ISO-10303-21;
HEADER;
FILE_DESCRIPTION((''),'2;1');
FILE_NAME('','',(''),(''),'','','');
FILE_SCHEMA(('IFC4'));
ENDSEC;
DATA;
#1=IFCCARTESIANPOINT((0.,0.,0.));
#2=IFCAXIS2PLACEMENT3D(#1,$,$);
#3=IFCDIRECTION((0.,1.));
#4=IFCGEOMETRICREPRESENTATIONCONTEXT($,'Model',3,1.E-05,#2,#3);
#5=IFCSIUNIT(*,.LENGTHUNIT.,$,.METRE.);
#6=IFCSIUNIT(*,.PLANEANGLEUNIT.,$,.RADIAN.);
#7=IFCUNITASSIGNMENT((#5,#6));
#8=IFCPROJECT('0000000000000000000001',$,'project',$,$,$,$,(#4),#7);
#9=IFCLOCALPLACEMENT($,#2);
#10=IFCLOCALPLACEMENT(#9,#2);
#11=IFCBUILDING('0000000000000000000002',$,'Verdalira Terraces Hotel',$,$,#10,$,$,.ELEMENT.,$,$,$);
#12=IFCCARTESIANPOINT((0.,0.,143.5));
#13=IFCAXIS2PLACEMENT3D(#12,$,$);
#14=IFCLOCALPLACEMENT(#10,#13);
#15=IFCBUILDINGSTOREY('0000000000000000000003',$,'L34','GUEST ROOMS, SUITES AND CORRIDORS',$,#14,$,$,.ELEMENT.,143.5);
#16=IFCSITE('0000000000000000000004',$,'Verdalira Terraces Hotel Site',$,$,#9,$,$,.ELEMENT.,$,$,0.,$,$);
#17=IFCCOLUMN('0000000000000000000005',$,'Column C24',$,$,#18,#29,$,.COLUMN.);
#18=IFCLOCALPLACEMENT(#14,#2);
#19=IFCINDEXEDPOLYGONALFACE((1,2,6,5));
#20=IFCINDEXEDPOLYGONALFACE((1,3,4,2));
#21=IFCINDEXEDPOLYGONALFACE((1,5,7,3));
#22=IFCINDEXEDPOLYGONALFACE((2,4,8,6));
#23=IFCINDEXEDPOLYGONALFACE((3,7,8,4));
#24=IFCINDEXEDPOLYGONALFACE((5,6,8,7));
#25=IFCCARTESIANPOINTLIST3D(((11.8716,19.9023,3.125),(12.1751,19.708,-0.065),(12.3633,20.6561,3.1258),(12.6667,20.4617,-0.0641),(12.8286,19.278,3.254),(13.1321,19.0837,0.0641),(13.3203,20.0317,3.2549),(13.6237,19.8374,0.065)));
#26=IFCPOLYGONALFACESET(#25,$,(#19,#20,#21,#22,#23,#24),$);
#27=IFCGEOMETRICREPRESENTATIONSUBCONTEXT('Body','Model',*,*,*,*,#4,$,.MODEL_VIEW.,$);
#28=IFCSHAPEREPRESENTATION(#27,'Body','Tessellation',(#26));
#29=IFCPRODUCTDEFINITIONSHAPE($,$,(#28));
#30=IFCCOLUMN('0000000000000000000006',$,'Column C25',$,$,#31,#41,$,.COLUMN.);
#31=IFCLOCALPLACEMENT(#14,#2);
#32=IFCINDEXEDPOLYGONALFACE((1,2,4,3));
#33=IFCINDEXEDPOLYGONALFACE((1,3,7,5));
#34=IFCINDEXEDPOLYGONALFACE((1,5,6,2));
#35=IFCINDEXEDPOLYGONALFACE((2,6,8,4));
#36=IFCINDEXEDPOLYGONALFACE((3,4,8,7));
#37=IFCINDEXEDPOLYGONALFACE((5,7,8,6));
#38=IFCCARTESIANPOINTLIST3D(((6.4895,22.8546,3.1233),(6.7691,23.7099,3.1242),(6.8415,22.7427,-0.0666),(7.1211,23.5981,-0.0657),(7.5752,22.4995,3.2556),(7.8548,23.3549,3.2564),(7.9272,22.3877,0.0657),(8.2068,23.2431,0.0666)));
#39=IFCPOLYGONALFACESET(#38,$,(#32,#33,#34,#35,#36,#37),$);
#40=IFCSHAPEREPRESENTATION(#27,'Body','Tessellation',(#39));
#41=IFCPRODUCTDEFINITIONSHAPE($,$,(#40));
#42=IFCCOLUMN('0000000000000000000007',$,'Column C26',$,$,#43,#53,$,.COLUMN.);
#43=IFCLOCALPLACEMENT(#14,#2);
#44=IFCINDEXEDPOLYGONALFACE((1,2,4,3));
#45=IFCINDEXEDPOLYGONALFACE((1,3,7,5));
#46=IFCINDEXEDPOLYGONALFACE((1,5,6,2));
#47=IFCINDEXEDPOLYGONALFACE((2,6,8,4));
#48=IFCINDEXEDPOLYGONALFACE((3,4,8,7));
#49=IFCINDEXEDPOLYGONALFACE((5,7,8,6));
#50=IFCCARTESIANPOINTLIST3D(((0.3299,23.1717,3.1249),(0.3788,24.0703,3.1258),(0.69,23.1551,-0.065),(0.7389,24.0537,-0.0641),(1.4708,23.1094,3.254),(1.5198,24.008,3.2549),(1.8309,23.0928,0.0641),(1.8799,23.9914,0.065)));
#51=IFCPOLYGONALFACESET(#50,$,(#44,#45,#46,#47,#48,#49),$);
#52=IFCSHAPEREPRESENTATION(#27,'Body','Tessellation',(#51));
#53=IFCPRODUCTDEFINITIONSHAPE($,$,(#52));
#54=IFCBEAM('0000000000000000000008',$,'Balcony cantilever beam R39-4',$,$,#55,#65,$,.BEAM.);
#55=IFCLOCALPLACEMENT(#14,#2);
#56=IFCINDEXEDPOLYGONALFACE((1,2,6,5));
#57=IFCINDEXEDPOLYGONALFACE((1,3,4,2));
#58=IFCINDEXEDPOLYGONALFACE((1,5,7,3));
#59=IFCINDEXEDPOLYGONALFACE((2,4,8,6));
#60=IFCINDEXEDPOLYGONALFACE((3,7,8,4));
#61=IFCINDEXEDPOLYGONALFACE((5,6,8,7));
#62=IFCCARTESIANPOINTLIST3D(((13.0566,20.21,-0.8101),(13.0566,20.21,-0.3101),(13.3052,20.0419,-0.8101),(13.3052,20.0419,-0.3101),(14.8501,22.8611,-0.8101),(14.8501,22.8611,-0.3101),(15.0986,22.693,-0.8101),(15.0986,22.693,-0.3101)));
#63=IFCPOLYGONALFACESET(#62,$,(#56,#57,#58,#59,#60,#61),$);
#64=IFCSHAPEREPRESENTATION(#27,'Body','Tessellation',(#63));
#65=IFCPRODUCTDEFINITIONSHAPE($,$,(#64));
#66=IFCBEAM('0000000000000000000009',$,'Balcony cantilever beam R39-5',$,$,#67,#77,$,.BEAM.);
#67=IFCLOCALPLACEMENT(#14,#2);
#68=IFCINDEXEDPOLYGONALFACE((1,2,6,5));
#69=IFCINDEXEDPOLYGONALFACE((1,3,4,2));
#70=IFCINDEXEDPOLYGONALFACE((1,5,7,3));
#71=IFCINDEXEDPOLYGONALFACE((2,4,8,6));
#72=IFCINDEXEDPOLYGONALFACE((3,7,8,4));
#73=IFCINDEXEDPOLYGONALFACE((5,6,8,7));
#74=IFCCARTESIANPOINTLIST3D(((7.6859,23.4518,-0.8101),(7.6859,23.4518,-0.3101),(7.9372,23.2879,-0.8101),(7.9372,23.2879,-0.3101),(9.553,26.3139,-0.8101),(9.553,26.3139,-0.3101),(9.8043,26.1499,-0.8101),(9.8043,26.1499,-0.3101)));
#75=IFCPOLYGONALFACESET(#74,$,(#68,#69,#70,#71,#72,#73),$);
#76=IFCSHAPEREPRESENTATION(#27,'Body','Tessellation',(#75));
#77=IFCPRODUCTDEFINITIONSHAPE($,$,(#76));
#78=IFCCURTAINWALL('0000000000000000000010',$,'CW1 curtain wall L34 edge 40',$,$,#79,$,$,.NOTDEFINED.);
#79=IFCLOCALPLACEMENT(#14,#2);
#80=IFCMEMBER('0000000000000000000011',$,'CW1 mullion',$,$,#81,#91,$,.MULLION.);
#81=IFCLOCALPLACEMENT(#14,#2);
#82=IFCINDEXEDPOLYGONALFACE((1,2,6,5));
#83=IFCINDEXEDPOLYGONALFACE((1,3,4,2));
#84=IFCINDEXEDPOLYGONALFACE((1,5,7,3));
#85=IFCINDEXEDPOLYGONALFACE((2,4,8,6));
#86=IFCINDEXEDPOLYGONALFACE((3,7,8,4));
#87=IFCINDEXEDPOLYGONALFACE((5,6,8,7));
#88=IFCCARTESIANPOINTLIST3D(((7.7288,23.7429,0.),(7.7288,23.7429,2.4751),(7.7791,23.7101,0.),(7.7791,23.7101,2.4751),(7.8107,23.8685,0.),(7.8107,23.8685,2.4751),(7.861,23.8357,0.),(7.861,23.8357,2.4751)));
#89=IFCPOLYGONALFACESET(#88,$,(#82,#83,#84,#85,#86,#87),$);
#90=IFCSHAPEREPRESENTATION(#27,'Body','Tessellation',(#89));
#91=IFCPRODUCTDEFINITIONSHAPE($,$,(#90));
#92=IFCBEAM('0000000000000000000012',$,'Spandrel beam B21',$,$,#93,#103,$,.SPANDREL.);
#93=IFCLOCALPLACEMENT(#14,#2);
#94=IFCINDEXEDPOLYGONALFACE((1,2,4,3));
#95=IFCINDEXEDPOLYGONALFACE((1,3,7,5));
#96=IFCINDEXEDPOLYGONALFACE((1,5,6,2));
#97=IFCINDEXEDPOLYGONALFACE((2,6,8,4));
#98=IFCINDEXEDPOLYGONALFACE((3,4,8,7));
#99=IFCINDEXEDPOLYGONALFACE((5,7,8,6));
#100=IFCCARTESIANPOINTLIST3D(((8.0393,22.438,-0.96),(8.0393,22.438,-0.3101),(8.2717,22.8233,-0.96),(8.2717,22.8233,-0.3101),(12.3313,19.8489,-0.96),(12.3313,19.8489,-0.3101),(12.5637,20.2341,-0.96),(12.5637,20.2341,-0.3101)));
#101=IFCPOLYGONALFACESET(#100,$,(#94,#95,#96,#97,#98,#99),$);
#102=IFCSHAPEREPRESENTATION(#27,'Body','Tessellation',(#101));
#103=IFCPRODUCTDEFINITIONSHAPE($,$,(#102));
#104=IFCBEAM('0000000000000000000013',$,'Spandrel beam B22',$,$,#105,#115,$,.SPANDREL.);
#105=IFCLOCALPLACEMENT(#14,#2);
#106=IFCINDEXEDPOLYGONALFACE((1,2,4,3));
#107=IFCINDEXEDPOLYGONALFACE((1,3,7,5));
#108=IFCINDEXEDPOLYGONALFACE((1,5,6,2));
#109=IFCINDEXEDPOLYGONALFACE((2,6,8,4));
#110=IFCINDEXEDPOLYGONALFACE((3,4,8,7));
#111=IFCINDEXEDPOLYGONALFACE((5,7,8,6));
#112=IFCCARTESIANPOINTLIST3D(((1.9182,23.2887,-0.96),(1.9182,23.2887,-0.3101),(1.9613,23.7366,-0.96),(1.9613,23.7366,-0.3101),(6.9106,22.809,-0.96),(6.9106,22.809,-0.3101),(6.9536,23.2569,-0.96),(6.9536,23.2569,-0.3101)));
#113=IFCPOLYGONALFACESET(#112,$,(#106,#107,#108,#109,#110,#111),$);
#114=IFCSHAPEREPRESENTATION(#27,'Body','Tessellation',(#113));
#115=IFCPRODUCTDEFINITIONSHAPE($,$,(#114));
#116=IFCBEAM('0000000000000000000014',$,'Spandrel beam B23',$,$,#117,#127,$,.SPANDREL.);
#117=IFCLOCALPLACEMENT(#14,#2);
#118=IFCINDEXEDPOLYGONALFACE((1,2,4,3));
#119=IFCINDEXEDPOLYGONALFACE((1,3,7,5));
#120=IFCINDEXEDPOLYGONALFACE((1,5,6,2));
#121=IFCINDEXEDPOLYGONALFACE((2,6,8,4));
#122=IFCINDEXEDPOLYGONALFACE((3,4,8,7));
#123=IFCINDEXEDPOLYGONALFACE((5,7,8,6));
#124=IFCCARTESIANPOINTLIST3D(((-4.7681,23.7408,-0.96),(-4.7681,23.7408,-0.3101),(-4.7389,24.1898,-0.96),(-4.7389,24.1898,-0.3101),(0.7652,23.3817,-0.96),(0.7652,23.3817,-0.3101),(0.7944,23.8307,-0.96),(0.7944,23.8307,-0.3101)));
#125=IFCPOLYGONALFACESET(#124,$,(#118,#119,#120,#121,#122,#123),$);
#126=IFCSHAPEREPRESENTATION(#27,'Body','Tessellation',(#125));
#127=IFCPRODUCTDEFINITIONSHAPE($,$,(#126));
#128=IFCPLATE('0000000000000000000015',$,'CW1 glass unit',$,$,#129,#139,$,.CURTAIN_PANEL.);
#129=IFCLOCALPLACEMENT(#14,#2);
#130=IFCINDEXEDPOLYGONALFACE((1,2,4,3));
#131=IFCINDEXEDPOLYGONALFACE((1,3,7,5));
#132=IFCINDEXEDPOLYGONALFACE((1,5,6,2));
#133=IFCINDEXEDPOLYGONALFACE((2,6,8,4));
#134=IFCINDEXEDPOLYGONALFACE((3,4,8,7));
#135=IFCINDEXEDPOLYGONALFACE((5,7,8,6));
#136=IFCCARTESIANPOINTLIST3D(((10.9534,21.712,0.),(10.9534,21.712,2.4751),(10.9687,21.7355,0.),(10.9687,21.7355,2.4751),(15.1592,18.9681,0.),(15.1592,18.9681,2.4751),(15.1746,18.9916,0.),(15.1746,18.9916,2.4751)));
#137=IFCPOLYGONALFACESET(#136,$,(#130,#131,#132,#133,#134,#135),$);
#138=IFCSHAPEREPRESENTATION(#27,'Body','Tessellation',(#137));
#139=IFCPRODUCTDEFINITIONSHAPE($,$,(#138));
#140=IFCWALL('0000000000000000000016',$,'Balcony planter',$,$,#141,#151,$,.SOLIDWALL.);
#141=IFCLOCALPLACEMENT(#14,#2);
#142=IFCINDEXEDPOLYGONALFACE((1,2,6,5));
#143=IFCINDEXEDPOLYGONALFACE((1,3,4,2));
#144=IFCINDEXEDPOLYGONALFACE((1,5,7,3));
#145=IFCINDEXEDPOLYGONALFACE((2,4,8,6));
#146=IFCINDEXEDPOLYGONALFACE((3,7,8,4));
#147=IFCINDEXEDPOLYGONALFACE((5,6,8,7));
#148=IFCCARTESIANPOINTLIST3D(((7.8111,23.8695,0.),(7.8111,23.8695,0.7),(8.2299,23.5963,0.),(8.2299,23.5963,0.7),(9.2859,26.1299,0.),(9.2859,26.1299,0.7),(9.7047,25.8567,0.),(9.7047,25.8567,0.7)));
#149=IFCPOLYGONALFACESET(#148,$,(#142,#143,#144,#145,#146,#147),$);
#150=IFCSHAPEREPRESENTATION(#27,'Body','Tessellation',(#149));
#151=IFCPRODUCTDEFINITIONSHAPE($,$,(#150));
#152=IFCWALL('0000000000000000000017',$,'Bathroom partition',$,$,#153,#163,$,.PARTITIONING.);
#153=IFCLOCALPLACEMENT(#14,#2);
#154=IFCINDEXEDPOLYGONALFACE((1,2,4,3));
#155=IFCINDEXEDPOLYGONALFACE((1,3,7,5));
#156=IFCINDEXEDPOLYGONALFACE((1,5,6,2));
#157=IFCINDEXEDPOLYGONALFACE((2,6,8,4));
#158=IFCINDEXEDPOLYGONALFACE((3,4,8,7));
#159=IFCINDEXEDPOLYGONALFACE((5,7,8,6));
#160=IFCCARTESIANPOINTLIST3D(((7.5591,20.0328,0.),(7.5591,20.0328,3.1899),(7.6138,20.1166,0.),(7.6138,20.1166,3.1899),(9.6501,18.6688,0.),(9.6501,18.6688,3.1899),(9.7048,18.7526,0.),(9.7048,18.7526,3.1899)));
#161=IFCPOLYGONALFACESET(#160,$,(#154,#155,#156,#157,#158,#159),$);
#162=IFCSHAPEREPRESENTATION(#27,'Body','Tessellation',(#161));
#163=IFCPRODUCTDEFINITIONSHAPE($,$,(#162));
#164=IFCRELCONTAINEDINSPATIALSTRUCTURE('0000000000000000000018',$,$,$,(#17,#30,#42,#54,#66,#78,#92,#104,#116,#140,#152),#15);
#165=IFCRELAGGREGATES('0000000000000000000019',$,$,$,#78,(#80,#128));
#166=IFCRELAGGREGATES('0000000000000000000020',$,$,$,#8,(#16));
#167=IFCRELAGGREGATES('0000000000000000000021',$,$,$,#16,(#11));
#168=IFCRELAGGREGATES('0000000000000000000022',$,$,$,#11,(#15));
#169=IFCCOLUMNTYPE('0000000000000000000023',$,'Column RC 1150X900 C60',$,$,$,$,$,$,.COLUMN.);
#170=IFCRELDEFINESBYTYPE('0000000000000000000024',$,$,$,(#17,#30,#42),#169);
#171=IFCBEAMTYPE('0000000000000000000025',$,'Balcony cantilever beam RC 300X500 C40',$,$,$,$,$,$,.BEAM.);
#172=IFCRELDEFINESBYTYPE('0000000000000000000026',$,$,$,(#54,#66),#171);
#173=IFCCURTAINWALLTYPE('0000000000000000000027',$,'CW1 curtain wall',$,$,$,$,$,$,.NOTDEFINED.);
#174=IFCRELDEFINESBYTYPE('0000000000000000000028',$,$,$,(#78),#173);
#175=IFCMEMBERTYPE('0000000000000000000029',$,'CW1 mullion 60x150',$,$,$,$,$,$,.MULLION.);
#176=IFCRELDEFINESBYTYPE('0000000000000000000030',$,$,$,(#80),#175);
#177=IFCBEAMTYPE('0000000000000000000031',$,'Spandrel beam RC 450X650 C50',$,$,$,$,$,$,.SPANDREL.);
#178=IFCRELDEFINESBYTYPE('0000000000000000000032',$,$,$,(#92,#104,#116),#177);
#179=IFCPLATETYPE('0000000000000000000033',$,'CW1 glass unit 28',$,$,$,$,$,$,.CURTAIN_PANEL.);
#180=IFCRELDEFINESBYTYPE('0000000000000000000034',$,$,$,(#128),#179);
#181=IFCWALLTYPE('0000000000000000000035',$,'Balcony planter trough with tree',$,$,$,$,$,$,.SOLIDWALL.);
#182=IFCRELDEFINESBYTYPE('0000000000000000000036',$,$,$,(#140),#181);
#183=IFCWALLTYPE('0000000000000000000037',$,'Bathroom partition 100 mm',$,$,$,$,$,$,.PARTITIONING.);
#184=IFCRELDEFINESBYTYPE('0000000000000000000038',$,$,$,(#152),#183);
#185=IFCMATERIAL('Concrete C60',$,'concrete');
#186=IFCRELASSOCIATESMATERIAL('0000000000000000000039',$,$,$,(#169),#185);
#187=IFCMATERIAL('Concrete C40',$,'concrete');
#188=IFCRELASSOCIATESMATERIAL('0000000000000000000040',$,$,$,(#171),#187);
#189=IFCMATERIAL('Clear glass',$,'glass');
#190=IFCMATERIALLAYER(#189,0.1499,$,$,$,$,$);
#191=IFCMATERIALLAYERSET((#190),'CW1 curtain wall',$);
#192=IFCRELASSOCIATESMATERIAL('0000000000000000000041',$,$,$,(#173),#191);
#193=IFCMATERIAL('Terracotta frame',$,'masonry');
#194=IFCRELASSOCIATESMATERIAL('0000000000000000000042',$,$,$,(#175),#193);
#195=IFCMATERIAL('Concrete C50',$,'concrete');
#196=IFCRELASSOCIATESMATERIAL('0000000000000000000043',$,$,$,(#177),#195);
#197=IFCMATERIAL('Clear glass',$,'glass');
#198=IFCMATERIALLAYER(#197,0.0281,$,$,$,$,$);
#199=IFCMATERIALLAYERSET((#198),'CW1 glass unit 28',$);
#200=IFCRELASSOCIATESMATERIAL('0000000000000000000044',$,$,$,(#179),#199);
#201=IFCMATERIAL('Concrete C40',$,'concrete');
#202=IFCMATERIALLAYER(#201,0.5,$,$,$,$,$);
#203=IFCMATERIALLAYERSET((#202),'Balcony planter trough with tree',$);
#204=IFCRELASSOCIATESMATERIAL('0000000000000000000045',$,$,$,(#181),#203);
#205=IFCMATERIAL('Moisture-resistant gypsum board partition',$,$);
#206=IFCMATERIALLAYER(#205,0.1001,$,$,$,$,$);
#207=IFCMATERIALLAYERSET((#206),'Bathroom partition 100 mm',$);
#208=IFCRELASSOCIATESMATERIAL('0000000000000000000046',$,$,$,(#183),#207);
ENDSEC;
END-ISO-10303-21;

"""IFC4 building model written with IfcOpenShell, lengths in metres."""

from ifc_helpers import new_model, si_unit, direction, frame, frame_2d, origin, origin_2d, place, context, subcontext, project, spatial, rectangle, extrude, material, layer, layer_set, material_profile, profile_set, type_object, element, aggregate, save


model = new_model("IFC4")

# Units and contexts
model_context = context("Model", 3, precision=1e-05, world=origin(), true_north=direction((0.0, 1.0)))
body_context = subcontext(model_context, "Body", "Model", "MODEL_VIEW")
ifc_project = project(units=[si_unit("LENGTHUNIT", "METRE"), si_unit("PLANEANGLEUNIT", "RADIAN")], contexts=[model_context])

# Site, building, storey
site_placement = place(None, origin())
site = spatial("IfcSite", under=ifc_project, at=site_placement, Name="Verdalira Terraces Hotel Site", CompositionType="ELEMENT", RefElevation=0.0)
building_placement = place(site_placement, origin())
building = spatial("IfcBuilding", under=site, at=building_placement, Name="Verdalira Terraces Hotel", CompositionType="ELEMENT")
storey_placement = place(building_placement, frame((0.0, 0.0, 143.5)))
storey = spatial("IfcBuildingStorey", under=building, at=storey_placement, Name="L34", Description="GUEST ROOMS, SUITES AND CORRIDORS", CompositionType="ELEMENT", Elevation=143.5)

# Columns
ifc_material_1 = material(Name="Concrete C60", Category="concrete")
ifc_material_profile_1 = material_profile(ifc_material_1, rectangle(XDim=1.1499, YDim=0.8999, at=origin_2d()), Name="RC 1150X900")
ifc_profile_set_1 = profile_set([ifc_material_profile_1], Name="Concrete C60")
column_type = type_object("IfcColumnType", Name="Column RC 1150X900 C60", PredefinedType="COLUMN", material=ifc_profile_set_1)
column_1_placement = place(storey_placement, frame((12.8994, 19.7727, 0.0), z_axis=(-0.094531, 0.060536, 0.99368), x_axis=(-0.832224, 0.542957, -0.112249)))
element("IfcColumn", 1, at=column_1_placement, inside=storey, type_object=column_type, Name="Column C24", PredefinedType="COLUMN", context=body_context, shape_type="SweptSolid", body=[
    extrude(rectangle(XDim=1.1499, YDim=0.8999, at=origin_2d()), origin(), (0.0, 0.0, 1.0), 3.2102),
])
column_2_placement = place(storey_placement, frame((7.5242, 22.9929, 0.0), z_axis=(-0.10963, 0.03482, 0.993362), x_axis=(0.944169, -0.30873, 0.115023)))
element("IfcColumn", 2, at=column_2_placement, inside=storey, type_object=column_type, Name="Column C25", PredefinedType="COLUMN", context=body_context, shape_type="SweptSolid", body=[
    extrude(rectangle(XDim=1.1499, YDim=0.8999, at=origin_2d()), origin(), (0.0, 0.0, 1.0), 3.2112),
])
column_3_placement = place(storey_placement, frame((1.2849, 23.5732, 0.0), z_axis=(-0.112174, 0.005171, 0.993675), x_axis=(-0.992197, 0.054183, -0.11229)))
element("IfcColumn", 3, at=column_3_placement, inside=storey, type_object=column_type, Name="Column C26", PredefinedType="COLUMN", context=body_context, shape_type="SweptSolid", body=[
    extrude(rectangle(XDim=1.1499, YDim=0.8999, at=origin_2d()), origin(), (0.0, 0.0, 1.0), 3.2102),
])

# Beams
ifc_material_2 = material(Name="Concrete C40", Category="concrete")
ifc_material_profile_2 = material_profile(ifc_material_2, rectangle(XDim=0.3, YDim=0.5, at=origin_2d()), Name="RC 300X500")
ifc_profile_set_2 = profile_set([ifc_material_profile_2], Name="Concrete C40")
beam_type_1 = type_object("IfcBeamType", Name="Balcony cantilever beam RC 300X500 C40", PredefinedType="BEAM", material=ifc_profile_set_2)
beam_1_placement = place(storey_placement, frame((13.1809, 20.126, -0.5601), z_axis=(0.56032, 0.828276, 0.0), x_axis=(-0.828276, 0.56032, 0.0)))
element("IfcBeam", 4, at=beam_1_placement, inside=storey, type_object=beam_type_1, Name="Balcony cantilever beam R39-4", PredefinedType="BEAM", context=body_context, shape_type="SweptSolid", body=[
    extrude(rectangle(XDim=0.3, YDim=0.5, at=origin_2d()), origin(), (0.0, 0.0, 1.0), 3.2007),
])
beam_2_placement = place(storey_placement, frame((7.8115, 23.3699, -0.5601), z_axis=(0.546396, 0.837527, 0.0), x_axis=(-0.837527, 0.546396, 0.0)))
element("IfcBeam", 5, at=beam_2_placement, inside=storey, type_object=beam_type_1, Name="Balcony cantilever beam R39-5", PredefinedType="BEAM", context=body_context, shape_type="SweptSolid", body=[
    extrude(rectangle(XDim=0.3, YDim=0.5, at=origin_2d()), origin(), (0.0, 0.0, 1.0), 3.4172),
])

# Curtain wall, member
ifc_material_3 = material(Name="Clear glass", Category="glass")
ifc_layer_1 = layer(ifc_material_3, 0.1499)
ifc_layer_set_1 = layer_set([ifc_layer_1], Name="CW1 curtain wall")
curtain_wall_type = type_object("IfcCurtainWallType", Name="CW1 curtain wall", PredefinedType="NOTDEFINED", material=ifc_layer_set_1)
curtain_wall_placement = place(storey_placement, origin())
curtain_wall = element("IfcCurtainWall", 6, at=curtain_wall_placement, inside=storey, type_object=curtain_wall_type, Name="CW1 curtain wall L34 edge 40", PredefinedType="NOTDEFINED")
ifc_material_4 = material(Name="Terracotta frame", Category="masonry")
ifc_material_profile_3 = material_profile(ifc_material_4, rectangle(XDim=0.0601, YDim=0.1499, at=origin_2d()), Name="MU 60x150")
ifc_profile_set_3 = profile_set([ifc_material_profile_3], Name="Terracotta frame")
member_type = type_object("IfcMemberType", Name="CW1 mullion 60x150", PredefinedType="MULLION", material=ifc_profile_set_3)
member_placement = place(storey_placement, frame((7.7949, 23.7893, 0.0), z_axis=(0.0, 0.0, 1.0), x_axis=(-0.837528, 0.546394, 0.0)))
member = element("IfcMember", 7, at=member_placement, type_object=member_type, Name="CW1 mullion", PredefinedType="MULLION", context=body_context, shape_type="SweptSolid", body=[
    extrude(rectangle(XDim=0.0601, YDim=0.1499, at=origin_2d()), origin(), (0.0, 0.0, 1.0), 2.4751),
])

# Beams
ifc_material_5 = material(Name="Concrete C50", Category="concrete")
ifc_material_profile_4 = material_profile(ifc_material_5, rectangle(XDim=0.45, YDim=0.6499, at=origin_2d()), Name="RC 450X650")
ifc_profile_set_4 = profile_set([ifc_material_profile_4], Name="Concrete C50")
beam_type_2 = type_object("IfcBeamType", Name="Spandrel beam RC 450X650 C50", PredefinedType="SPANDREL", material=ifc_profile_set_4)
beam_3_placement = place(storey_placement, frame((12.4475, 20.0415, -0.635), z_axis=(-0.856266, 0.516536, 0.0), x_axis=(-0.516536, -0.856266, 0.0)))
element("IfcBeam", 8, at=beam_3_placement, inside=storey, type_object=beam_type_2, Name="Spandrel beam B21", PredefinedType="SPANDREL", context=body_context, shape_type="SweptSolid", body=[
    extrude(rectangle(XDim=0.45, YDim=0.6499, at=origin_2d()), origin(), (0.0, 0.0, 1.0), 5.0125),
])
beam_4_placement = place(storey_placement, frame((6.9321, 23.033, -0.635), z_axis=(-0.995415, 0.095652, 0.0), x_axis=(-0.095652, -0.995415, 0.0)))
element("IfcBeam", 9, at=beam_4_placement, inside=storey, type_object=beam_type_2, Name="Spandrel beam B22", PredefinedType="SPANDREL", context=body_context, shape_type="SweptSolid", body=[
    extrude(rectangle(XDim=0.45, YDim=0.6499, at=origin_2d()), origin(), (0.0, 0.0, 1.0), 5.0154),
])
beam_5_placement = place(storey_placement, frame((0.7798, 23.6062, -0.635), z_axis=(-0.9979, 0.064768, 0.0), x_axis=(-0.064768, -0.9979, 0.0)))
element("IfcBeam", 10, at=beam_5_placement, inside=storey, type_object=beam_type_2, Name="Spandrel beam B23", PredefinedType="SPANDREL", context=body_context, shape_type="SweptSolid", body=[
    extrude(rectangle(XDim=0.45, YDim=0.6499, at=origin_2d()), origin(), (0.0, 0.0, 1.0), 5.5449),
])

# Plate
ifc_material_6 = material(Name="Clear glass", Category="glass")
ifc_layer_2 = layer(ifc_material_6, 0.0281)
ifc_layer_set_2 = layer_set([ifc_layer_2], Name="CW1 glass unit 28")
plate_type = type_object("IfcPlateType", Name="CW1 glass unit 28", PredefinedType="CURTAIN_PANEL", material=ifc_layer_set_2)
plate_placement = place(storey_placement, frame((13.064, 20.3518, 0.0), z_axis=(0.0, 0.0, 1.0), x_axis=(-0.837528, 0.546394, 0.0)))
plate = element("IfcPlate", 11, at=plate_placement, type_object=plate_type, Name="CW1 glass unit", PredefinedType="CURTAIN_PANEL", context=body_context, shape_type="SweptSolid", body=[
    extrude(rectangle(XDim=5.0217, YDim=0.0281, at=origin_2d()), origin(), (0.0, 0.0, 1.0), 2.4751),
])
aggregate(curtain_wall, [member, plate])

# Walls
ifc_material_7 = material(Name="Concrete C40", Category="concrete")
ifc_layer_3 = layer(ifc_material_7, 0.5)
ifc_layer_set_3 = layer_set([ifc_layer_3], Name="Balcony planter trough with tree")
wall_type_1 = type_object("IfcWallType", Name="Balcony planter trough with tree", PredefinedType="SOLIDWALL", material=ifc_layer_set_3)
wall_1_placement = place(storey_placement, frame((9.4954, 25.9934, 0.0), z_axis=(0.0, 0.0, 1.0), x_axis=(-0.546428, -0.837506, 0.0)))
element("IfcWall", 12, at=wall_1_placement, inside=storey, type_object=wall_type_1, Name="Balcony planter", PredefinedType="SOLIDWALL", context=body_context, shape_type="SweptSolid", body=[
    extrude(rectangle(XDim=2.699, YDim=0.5, at=frame_2d((1.3496, 0.0))), origin(), (0.0, 0.0, 1.0), 0.7),
])
ifc_material_8 = material(Name="Moisture-resistant gypsum board partition")
ifc_layer_4 = layer(ifc_material_8, 0.1001)
ifc_layer_set_4 = layer_set([ifc_layer_4], Name="Bathroom partition 100 mm")
wall_type_2 = type_object("IfcWallType", Name="Bathroom partition 100 mm", PredefinedType="PARTITIONING", material=ifc_layer_set_4)
wall_2_placement = place(storey_placement, frame((7.5864, 20.0747, 0.0), z_axis=(0.0, 0.0, 1.0), x_axis=(0.83756, -0.546345, 0.0)))
element("IfcWall", 13, at=wall_2_placement, inside=storey, type_object=wall_type_2, Name="Bathroom partition", PredefinedType="PARTITIONING", context=body_context, shape_type="SweptSolid", body=[
    extrude(rectangle(XDim=2.4966, YDim=0.1001, at=frame_2d((1.2483, 0.0))), origin(), (0.0, 0.0, 1.0), 3.1899),
])

save(model, "model.ifc")
